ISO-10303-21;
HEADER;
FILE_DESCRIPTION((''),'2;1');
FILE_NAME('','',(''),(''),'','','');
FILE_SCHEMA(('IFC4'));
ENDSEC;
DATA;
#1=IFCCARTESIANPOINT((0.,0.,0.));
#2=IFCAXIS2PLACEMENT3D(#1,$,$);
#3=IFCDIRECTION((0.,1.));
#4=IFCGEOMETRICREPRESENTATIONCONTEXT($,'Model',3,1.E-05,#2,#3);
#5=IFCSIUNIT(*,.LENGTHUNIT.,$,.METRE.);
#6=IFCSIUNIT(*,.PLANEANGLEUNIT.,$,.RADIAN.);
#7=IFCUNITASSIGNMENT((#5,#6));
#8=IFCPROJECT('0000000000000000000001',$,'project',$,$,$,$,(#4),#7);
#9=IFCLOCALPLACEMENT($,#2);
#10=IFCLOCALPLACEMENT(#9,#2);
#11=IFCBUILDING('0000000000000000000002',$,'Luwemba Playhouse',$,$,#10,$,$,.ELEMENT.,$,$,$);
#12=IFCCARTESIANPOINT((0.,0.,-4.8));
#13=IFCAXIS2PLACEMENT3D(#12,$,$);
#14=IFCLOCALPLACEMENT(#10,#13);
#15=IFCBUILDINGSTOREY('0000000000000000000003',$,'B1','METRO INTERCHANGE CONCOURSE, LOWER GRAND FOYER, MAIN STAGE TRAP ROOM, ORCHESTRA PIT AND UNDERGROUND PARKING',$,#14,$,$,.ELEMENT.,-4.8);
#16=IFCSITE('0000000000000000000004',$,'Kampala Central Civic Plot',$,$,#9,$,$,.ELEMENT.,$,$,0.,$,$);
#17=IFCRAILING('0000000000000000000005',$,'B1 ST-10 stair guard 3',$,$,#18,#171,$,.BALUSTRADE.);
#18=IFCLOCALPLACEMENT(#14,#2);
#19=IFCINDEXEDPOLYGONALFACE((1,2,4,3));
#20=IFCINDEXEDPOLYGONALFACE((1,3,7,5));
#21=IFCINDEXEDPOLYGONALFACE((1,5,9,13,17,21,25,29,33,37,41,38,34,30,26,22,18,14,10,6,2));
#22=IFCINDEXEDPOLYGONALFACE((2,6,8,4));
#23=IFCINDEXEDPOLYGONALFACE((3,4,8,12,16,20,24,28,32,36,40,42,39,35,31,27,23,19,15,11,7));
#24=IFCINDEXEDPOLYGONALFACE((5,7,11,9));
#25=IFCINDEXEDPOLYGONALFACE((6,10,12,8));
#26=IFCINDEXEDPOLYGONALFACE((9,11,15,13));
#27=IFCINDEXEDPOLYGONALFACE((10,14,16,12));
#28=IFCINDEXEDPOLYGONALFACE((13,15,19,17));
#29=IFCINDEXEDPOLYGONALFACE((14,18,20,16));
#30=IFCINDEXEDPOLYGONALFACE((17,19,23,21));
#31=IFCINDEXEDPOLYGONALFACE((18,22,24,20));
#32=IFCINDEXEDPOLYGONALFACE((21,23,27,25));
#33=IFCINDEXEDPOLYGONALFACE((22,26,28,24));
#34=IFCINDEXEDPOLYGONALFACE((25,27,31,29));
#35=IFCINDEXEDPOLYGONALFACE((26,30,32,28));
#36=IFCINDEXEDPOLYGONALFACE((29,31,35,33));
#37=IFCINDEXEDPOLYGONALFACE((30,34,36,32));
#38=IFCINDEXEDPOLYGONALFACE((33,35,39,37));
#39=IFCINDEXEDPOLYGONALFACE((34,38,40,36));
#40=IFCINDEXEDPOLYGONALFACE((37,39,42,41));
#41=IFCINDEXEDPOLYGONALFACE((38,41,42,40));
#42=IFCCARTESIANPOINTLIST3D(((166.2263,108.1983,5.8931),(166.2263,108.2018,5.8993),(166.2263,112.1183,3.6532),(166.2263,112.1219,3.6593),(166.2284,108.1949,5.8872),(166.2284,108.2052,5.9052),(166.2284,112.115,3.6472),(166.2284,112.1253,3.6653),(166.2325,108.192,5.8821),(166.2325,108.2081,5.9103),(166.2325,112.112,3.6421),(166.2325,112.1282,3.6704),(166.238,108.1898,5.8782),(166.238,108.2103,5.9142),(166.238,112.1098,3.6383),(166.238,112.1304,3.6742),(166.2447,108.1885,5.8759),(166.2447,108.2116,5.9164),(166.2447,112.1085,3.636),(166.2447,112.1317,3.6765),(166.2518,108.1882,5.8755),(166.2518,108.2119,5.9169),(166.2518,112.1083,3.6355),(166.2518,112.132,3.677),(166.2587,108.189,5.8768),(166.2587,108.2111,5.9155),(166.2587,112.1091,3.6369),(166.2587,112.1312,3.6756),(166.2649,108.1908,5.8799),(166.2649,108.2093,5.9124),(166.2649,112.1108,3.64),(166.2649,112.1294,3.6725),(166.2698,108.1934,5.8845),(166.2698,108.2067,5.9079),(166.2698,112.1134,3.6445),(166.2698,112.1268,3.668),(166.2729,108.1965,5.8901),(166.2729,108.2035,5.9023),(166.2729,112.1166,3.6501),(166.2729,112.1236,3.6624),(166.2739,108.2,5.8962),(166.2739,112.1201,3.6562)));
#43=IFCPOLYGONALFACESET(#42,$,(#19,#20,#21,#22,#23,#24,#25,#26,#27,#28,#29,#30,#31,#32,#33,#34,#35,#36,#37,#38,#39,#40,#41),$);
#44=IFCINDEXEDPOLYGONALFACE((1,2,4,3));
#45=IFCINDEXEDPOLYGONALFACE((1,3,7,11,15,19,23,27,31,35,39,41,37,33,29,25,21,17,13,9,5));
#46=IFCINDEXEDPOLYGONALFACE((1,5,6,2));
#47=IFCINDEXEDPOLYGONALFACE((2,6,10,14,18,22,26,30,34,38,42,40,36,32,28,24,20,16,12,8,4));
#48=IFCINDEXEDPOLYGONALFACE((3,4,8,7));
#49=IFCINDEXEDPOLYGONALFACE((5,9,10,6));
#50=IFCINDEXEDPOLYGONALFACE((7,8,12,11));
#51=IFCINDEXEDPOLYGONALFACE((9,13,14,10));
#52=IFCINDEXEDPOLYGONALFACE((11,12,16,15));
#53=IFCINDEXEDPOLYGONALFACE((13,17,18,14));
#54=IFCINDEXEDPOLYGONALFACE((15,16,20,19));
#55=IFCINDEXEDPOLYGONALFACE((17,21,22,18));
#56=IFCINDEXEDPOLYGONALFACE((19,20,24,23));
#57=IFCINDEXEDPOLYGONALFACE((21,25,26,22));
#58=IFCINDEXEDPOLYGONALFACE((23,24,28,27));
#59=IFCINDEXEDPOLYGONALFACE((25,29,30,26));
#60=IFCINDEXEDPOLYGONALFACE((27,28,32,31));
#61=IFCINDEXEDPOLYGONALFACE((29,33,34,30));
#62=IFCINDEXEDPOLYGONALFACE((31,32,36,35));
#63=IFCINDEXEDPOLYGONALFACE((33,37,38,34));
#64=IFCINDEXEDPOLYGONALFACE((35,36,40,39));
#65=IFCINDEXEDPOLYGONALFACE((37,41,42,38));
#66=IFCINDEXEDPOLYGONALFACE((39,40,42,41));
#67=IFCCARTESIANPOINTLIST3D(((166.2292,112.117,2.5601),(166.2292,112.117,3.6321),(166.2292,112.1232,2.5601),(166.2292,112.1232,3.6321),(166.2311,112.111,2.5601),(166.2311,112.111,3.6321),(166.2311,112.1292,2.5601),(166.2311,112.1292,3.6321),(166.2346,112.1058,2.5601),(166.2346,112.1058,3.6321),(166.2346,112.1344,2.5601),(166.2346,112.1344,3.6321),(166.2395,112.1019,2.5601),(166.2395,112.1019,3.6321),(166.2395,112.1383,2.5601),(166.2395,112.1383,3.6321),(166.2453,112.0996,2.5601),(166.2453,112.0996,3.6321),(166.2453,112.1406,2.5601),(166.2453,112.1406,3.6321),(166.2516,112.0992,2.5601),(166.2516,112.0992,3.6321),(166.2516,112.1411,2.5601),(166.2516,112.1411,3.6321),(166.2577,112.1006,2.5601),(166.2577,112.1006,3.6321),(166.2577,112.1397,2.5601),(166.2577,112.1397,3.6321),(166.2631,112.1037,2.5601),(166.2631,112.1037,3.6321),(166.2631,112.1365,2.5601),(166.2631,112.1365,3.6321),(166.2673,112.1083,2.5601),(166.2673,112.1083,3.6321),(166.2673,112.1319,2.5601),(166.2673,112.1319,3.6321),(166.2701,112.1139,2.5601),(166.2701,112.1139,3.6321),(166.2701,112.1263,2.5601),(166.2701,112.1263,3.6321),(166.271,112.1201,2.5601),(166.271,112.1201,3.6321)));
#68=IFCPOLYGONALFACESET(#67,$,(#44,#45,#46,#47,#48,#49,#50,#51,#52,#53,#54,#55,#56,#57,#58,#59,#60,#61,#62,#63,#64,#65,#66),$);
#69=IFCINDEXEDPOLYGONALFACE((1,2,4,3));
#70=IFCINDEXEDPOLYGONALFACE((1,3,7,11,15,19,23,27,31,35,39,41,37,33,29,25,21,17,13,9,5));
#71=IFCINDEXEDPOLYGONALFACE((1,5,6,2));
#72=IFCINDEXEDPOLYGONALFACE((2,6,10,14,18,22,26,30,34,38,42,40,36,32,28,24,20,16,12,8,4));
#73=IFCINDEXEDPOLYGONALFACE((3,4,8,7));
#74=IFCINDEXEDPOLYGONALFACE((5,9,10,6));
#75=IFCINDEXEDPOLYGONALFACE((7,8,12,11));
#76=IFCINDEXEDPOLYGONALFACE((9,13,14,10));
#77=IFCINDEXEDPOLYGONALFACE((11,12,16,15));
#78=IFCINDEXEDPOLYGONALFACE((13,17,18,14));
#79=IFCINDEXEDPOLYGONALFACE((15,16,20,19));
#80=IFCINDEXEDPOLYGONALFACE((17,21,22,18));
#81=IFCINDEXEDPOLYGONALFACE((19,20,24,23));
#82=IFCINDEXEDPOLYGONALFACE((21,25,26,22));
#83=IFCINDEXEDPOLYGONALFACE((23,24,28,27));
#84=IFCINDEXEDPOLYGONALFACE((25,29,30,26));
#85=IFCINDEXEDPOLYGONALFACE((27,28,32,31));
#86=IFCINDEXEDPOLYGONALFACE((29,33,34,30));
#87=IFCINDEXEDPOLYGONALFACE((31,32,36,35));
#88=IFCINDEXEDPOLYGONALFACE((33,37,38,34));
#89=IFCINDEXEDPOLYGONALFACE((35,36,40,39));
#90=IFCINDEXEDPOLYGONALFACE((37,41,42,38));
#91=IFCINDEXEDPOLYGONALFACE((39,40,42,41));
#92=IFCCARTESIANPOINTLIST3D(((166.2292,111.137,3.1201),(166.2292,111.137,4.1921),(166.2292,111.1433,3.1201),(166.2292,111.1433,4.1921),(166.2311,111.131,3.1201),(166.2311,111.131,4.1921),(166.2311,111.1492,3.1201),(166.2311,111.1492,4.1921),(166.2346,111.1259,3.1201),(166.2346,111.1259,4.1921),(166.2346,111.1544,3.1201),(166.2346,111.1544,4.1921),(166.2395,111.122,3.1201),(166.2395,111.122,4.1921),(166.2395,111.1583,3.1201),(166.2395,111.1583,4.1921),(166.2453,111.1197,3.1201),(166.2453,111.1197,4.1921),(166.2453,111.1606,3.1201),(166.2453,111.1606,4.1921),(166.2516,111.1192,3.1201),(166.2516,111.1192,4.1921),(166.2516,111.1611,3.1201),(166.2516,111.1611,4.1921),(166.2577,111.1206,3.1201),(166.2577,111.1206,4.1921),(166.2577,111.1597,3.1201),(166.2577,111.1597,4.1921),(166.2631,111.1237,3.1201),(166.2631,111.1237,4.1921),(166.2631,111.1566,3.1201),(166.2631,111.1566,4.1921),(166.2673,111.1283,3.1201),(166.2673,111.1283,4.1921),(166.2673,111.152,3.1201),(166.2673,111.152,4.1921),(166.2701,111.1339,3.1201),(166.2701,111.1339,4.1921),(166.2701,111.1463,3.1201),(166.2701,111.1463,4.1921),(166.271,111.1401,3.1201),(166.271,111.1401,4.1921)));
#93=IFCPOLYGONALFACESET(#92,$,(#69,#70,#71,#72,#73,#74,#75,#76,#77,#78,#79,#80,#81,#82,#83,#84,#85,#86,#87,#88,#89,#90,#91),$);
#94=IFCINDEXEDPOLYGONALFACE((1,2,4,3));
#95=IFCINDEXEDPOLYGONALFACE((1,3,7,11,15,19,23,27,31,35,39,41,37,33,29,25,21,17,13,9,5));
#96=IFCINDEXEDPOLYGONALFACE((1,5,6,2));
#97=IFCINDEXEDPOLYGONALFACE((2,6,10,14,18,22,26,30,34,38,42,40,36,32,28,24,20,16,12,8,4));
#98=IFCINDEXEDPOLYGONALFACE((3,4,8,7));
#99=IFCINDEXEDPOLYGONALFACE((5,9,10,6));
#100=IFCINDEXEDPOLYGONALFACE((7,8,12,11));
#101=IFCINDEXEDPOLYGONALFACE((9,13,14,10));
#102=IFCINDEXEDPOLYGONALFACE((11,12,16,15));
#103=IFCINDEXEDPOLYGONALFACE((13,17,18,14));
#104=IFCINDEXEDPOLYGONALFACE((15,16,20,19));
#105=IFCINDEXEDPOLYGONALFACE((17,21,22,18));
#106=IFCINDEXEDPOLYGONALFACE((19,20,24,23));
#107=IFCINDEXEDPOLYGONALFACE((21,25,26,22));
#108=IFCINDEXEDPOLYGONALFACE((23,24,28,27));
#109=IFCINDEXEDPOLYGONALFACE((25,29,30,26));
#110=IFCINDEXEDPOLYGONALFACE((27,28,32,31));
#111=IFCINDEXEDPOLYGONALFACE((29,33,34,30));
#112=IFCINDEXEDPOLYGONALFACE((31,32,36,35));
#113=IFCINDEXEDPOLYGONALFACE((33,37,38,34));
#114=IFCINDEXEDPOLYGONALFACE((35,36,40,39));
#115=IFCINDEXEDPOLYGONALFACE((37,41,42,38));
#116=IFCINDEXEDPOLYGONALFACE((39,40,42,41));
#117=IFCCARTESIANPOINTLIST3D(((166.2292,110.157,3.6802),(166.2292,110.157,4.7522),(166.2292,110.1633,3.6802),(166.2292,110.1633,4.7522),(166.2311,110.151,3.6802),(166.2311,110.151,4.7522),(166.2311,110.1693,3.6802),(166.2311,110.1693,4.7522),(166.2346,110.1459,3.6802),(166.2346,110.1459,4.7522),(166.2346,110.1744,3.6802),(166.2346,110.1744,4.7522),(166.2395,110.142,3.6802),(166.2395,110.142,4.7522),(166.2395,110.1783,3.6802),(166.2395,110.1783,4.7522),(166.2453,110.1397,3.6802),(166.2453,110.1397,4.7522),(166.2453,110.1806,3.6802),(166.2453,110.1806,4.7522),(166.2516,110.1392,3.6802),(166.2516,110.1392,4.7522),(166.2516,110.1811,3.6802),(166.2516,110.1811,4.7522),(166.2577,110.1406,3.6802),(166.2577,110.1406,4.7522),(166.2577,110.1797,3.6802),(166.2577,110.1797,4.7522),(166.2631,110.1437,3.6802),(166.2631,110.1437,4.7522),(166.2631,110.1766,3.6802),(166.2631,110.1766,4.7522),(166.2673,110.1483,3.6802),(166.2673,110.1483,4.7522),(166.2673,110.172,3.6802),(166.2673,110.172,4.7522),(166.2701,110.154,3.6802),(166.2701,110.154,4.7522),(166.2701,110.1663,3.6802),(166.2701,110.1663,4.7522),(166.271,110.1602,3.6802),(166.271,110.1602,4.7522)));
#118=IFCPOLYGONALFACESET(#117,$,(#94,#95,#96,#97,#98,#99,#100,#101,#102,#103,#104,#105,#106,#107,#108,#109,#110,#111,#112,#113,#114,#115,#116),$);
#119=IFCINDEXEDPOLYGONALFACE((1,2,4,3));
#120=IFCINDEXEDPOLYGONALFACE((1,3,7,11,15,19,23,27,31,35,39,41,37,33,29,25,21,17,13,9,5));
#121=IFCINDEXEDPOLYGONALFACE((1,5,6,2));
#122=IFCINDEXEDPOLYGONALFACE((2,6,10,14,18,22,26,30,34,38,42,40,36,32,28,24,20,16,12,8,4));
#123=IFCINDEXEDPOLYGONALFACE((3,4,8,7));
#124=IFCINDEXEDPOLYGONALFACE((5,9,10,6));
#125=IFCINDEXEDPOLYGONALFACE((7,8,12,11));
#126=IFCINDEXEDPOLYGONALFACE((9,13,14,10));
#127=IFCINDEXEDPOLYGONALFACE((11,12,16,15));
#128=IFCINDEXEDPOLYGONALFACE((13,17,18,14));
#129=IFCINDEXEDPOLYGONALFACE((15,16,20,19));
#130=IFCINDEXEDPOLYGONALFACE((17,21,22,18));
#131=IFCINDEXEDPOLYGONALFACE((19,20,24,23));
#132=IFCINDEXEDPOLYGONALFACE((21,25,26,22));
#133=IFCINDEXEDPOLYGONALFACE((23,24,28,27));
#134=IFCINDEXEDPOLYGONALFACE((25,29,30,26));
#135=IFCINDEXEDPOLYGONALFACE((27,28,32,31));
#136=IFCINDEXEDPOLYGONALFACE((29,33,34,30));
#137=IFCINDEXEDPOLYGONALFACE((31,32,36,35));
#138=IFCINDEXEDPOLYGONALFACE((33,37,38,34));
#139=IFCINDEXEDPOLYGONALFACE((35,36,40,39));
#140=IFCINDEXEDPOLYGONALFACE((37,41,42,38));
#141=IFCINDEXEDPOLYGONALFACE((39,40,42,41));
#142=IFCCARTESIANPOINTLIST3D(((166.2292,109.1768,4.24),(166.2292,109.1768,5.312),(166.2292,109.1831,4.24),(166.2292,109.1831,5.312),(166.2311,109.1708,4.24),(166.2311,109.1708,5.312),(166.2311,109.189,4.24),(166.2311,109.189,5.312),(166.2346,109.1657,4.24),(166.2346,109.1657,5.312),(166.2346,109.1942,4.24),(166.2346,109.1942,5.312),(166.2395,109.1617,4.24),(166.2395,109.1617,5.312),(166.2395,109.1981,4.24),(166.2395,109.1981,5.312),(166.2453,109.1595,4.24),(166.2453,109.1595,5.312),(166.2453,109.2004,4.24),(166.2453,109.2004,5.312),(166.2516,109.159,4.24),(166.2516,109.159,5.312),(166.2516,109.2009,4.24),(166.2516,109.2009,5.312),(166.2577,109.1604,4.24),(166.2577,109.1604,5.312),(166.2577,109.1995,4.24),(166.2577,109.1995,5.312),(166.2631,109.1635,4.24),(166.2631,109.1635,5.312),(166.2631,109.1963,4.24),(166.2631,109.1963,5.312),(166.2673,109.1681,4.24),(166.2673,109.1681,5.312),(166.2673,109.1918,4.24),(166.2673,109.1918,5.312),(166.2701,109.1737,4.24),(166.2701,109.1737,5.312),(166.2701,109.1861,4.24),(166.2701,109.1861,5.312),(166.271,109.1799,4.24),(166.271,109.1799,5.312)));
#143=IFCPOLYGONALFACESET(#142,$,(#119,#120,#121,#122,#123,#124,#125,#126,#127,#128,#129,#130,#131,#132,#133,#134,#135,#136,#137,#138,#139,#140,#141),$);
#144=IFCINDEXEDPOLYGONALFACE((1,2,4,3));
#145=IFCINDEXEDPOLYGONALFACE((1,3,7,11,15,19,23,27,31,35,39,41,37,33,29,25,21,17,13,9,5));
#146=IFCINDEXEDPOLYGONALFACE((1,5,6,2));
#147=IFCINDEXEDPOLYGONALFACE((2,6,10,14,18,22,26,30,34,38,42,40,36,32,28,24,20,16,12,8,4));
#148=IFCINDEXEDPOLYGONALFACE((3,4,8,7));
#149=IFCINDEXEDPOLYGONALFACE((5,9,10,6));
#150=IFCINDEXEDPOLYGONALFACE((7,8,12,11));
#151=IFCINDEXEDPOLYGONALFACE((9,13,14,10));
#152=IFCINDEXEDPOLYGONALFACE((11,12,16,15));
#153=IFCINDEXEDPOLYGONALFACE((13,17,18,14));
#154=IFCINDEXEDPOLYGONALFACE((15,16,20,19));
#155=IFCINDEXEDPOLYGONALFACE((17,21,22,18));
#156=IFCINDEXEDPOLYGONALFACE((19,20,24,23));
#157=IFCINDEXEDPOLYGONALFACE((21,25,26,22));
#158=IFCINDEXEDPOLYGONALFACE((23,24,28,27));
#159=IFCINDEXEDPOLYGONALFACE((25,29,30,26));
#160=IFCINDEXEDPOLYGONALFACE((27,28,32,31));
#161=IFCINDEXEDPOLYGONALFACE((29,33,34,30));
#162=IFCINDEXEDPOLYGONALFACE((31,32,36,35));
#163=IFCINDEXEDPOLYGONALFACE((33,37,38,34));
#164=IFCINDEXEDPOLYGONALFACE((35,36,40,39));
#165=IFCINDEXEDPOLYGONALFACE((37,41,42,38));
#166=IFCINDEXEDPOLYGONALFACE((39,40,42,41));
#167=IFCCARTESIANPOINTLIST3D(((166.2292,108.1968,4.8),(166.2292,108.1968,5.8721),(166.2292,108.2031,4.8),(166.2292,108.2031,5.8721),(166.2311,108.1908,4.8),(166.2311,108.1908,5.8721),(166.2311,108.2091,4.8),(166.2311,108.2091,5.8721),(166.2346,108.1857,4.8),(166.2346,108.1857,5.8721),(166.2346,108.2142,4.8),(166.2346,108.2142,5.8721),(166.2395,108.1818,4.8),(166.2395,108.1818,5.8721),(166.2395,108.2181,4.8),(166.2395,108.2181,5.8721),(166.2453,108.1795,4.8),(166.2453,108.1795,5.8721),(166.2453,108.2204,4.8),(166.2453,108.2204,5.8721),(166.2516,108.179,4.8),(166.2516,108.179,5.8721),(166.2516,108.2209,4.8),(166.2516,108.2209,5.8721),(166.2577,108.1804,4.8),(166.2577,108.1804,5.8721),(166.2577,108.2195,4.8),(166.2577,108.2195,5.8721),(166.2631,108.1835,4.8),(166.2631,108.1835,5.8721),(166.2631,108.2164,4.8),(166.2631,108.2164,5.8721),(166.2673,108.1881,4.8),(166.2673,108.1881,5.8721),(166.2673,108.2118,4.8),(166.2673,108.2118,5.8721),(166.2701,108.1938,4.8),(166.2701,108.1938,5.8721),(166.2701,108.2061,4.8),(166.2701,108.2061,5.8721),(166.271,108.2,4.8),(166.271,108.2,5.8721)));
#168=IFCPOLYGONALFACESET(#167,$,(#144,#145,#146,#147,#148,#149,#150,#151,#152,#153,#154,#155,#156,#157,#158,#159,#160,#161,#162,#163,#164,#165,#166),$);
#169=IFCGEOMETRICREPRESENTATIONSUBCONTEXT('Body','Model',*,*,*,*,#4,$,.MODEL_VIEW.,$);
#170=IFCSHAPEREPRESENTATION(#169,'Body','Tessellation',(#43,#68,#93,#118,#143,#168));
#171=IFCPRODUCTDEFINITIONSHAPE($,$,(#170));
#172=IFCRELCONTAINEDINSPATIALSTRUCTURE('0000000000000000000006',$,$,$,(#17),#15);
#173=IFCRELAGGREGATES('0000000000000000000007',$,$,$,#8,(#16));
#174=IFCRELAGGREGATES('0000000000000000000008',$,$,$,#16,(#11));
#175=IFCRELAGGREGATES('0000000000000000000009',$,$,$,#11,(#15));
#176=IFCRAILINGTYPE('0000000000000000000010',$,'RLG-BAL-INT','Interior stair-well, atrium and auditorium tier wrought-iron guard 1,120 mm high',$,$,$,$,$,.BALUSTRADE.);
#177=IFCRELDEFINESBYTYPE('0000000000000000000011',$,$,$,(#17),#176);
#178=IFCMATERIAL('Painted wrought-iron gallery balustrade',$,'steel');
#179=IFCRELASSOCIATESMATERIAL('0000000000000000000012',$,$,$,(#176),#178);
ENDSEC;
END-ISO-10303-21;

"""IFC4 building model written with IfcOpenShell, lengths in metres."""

from ifc_helpers import new_model, si_unit, direction, frame, origin, origin_2d, place, context, subcontext, project, spatial, circle, extrude, material, type_object, element, save


model = new_model("IFC4")

# Units and contexts
model_context = context("Model", 3, precision=1e-05, world=origin(), true_north=direction((0.0, 1.0)))
body_context = subcontext(model_context, "Body", "Model", "MODEL_VIEW")
ifc_project = project(units=[si_unit("LENGTHUNIT", "METRE"), si_unit("PLANEANGLEUNIT", "RADIAN")], contexts=[model_context])

# Site, building, storey
site_placement = place(None, origin())
site = spatial("IfcSite", under=ifc_project, at=site_placement, Name="Kampala Central Civic Plot", CompositionType="ELEMENT", RefElevation=0.0)
building_placement = place(site_placement, origin())
building = spatial("IfcBuilding", under=site, at=building_placement, Name="Luwemba Playhouse", CompositionType="ELEMENT")
storey_placement = place(building_placement, frame((0.0, 0.0, -4.8)))
storey = spatial("IfcBuildingStorey", under=building, at=storey_placement, Name="B1", Description="METRO INTERCHANGE CONCOURSE, LOWER GRAND FOYER, MAIN STAGE TRAP ROOM, ORCHESTRA PIT AND UNDERGROUND PARKING", CompositionType="ELEMENT", Elevation=-4.8)

# Railing
ifc_material_1 = material(Name="Painted wrought-iron gallery balustrade", Category="steel")
railing_type_1 = type_object("IfcRailingType", Name="RLG-BAL-INT", Description="Interior stair-well, atrium and auditorium tier wrought-iron guard 1,120 mm high", PredefinedType="BALUSTRADE", material=ifc_material_1)
railing_1_placement = place(storey_placement, frame((166.25, 112.1201, 2.5601)))
element("IfcRailing", 1, at=railing_1_placement, inside=storey, type_object=railing_type_1, Name="B1 ST-10 stair guard 3", PredefinedType="BALUSTRADE", context=body_context, shape_type="SweptSolid", body=[
    extrude(circle(Radius=0.0239, at=origin_2d()), frame((0.0, 0.0, 1.0962), z_axis=(0.0, -0.868253, 0.496121), x_axis=(1.0, 0.0, 0.0)), (0.0, 0.0, 1.0), 4.5149),
    extrude(circle(Radius=0.021, at=origin_2d()), origin(), (0.0, 0.0, 1.0), 1.072),
    extrude(circle(Radius=0.021, at=origin_2d()), frame((0.0, -0.98, 0.5601)), (0.0, 0.0, 1.0), 1.072),
    extrude(circle(Radius=0.021, at=origin_2d()), frame((0.0, -1.96, 1.1201)), (0.0, 0.0, 1.0), 1.072),
    extrude(circle(Radius=0.021, at=origin_2d()), frame((0.0, -2.9402, 1.6799)), (0.0, 0.0, 1.0), 1.072),
    extrude(circle(Radius=0.021, at=origin_2d()), frame((0.0, -3.9202, 2.24)), (0.0, 0.0, 1.0), 1.072),
])

save(model, "model.ifc")
